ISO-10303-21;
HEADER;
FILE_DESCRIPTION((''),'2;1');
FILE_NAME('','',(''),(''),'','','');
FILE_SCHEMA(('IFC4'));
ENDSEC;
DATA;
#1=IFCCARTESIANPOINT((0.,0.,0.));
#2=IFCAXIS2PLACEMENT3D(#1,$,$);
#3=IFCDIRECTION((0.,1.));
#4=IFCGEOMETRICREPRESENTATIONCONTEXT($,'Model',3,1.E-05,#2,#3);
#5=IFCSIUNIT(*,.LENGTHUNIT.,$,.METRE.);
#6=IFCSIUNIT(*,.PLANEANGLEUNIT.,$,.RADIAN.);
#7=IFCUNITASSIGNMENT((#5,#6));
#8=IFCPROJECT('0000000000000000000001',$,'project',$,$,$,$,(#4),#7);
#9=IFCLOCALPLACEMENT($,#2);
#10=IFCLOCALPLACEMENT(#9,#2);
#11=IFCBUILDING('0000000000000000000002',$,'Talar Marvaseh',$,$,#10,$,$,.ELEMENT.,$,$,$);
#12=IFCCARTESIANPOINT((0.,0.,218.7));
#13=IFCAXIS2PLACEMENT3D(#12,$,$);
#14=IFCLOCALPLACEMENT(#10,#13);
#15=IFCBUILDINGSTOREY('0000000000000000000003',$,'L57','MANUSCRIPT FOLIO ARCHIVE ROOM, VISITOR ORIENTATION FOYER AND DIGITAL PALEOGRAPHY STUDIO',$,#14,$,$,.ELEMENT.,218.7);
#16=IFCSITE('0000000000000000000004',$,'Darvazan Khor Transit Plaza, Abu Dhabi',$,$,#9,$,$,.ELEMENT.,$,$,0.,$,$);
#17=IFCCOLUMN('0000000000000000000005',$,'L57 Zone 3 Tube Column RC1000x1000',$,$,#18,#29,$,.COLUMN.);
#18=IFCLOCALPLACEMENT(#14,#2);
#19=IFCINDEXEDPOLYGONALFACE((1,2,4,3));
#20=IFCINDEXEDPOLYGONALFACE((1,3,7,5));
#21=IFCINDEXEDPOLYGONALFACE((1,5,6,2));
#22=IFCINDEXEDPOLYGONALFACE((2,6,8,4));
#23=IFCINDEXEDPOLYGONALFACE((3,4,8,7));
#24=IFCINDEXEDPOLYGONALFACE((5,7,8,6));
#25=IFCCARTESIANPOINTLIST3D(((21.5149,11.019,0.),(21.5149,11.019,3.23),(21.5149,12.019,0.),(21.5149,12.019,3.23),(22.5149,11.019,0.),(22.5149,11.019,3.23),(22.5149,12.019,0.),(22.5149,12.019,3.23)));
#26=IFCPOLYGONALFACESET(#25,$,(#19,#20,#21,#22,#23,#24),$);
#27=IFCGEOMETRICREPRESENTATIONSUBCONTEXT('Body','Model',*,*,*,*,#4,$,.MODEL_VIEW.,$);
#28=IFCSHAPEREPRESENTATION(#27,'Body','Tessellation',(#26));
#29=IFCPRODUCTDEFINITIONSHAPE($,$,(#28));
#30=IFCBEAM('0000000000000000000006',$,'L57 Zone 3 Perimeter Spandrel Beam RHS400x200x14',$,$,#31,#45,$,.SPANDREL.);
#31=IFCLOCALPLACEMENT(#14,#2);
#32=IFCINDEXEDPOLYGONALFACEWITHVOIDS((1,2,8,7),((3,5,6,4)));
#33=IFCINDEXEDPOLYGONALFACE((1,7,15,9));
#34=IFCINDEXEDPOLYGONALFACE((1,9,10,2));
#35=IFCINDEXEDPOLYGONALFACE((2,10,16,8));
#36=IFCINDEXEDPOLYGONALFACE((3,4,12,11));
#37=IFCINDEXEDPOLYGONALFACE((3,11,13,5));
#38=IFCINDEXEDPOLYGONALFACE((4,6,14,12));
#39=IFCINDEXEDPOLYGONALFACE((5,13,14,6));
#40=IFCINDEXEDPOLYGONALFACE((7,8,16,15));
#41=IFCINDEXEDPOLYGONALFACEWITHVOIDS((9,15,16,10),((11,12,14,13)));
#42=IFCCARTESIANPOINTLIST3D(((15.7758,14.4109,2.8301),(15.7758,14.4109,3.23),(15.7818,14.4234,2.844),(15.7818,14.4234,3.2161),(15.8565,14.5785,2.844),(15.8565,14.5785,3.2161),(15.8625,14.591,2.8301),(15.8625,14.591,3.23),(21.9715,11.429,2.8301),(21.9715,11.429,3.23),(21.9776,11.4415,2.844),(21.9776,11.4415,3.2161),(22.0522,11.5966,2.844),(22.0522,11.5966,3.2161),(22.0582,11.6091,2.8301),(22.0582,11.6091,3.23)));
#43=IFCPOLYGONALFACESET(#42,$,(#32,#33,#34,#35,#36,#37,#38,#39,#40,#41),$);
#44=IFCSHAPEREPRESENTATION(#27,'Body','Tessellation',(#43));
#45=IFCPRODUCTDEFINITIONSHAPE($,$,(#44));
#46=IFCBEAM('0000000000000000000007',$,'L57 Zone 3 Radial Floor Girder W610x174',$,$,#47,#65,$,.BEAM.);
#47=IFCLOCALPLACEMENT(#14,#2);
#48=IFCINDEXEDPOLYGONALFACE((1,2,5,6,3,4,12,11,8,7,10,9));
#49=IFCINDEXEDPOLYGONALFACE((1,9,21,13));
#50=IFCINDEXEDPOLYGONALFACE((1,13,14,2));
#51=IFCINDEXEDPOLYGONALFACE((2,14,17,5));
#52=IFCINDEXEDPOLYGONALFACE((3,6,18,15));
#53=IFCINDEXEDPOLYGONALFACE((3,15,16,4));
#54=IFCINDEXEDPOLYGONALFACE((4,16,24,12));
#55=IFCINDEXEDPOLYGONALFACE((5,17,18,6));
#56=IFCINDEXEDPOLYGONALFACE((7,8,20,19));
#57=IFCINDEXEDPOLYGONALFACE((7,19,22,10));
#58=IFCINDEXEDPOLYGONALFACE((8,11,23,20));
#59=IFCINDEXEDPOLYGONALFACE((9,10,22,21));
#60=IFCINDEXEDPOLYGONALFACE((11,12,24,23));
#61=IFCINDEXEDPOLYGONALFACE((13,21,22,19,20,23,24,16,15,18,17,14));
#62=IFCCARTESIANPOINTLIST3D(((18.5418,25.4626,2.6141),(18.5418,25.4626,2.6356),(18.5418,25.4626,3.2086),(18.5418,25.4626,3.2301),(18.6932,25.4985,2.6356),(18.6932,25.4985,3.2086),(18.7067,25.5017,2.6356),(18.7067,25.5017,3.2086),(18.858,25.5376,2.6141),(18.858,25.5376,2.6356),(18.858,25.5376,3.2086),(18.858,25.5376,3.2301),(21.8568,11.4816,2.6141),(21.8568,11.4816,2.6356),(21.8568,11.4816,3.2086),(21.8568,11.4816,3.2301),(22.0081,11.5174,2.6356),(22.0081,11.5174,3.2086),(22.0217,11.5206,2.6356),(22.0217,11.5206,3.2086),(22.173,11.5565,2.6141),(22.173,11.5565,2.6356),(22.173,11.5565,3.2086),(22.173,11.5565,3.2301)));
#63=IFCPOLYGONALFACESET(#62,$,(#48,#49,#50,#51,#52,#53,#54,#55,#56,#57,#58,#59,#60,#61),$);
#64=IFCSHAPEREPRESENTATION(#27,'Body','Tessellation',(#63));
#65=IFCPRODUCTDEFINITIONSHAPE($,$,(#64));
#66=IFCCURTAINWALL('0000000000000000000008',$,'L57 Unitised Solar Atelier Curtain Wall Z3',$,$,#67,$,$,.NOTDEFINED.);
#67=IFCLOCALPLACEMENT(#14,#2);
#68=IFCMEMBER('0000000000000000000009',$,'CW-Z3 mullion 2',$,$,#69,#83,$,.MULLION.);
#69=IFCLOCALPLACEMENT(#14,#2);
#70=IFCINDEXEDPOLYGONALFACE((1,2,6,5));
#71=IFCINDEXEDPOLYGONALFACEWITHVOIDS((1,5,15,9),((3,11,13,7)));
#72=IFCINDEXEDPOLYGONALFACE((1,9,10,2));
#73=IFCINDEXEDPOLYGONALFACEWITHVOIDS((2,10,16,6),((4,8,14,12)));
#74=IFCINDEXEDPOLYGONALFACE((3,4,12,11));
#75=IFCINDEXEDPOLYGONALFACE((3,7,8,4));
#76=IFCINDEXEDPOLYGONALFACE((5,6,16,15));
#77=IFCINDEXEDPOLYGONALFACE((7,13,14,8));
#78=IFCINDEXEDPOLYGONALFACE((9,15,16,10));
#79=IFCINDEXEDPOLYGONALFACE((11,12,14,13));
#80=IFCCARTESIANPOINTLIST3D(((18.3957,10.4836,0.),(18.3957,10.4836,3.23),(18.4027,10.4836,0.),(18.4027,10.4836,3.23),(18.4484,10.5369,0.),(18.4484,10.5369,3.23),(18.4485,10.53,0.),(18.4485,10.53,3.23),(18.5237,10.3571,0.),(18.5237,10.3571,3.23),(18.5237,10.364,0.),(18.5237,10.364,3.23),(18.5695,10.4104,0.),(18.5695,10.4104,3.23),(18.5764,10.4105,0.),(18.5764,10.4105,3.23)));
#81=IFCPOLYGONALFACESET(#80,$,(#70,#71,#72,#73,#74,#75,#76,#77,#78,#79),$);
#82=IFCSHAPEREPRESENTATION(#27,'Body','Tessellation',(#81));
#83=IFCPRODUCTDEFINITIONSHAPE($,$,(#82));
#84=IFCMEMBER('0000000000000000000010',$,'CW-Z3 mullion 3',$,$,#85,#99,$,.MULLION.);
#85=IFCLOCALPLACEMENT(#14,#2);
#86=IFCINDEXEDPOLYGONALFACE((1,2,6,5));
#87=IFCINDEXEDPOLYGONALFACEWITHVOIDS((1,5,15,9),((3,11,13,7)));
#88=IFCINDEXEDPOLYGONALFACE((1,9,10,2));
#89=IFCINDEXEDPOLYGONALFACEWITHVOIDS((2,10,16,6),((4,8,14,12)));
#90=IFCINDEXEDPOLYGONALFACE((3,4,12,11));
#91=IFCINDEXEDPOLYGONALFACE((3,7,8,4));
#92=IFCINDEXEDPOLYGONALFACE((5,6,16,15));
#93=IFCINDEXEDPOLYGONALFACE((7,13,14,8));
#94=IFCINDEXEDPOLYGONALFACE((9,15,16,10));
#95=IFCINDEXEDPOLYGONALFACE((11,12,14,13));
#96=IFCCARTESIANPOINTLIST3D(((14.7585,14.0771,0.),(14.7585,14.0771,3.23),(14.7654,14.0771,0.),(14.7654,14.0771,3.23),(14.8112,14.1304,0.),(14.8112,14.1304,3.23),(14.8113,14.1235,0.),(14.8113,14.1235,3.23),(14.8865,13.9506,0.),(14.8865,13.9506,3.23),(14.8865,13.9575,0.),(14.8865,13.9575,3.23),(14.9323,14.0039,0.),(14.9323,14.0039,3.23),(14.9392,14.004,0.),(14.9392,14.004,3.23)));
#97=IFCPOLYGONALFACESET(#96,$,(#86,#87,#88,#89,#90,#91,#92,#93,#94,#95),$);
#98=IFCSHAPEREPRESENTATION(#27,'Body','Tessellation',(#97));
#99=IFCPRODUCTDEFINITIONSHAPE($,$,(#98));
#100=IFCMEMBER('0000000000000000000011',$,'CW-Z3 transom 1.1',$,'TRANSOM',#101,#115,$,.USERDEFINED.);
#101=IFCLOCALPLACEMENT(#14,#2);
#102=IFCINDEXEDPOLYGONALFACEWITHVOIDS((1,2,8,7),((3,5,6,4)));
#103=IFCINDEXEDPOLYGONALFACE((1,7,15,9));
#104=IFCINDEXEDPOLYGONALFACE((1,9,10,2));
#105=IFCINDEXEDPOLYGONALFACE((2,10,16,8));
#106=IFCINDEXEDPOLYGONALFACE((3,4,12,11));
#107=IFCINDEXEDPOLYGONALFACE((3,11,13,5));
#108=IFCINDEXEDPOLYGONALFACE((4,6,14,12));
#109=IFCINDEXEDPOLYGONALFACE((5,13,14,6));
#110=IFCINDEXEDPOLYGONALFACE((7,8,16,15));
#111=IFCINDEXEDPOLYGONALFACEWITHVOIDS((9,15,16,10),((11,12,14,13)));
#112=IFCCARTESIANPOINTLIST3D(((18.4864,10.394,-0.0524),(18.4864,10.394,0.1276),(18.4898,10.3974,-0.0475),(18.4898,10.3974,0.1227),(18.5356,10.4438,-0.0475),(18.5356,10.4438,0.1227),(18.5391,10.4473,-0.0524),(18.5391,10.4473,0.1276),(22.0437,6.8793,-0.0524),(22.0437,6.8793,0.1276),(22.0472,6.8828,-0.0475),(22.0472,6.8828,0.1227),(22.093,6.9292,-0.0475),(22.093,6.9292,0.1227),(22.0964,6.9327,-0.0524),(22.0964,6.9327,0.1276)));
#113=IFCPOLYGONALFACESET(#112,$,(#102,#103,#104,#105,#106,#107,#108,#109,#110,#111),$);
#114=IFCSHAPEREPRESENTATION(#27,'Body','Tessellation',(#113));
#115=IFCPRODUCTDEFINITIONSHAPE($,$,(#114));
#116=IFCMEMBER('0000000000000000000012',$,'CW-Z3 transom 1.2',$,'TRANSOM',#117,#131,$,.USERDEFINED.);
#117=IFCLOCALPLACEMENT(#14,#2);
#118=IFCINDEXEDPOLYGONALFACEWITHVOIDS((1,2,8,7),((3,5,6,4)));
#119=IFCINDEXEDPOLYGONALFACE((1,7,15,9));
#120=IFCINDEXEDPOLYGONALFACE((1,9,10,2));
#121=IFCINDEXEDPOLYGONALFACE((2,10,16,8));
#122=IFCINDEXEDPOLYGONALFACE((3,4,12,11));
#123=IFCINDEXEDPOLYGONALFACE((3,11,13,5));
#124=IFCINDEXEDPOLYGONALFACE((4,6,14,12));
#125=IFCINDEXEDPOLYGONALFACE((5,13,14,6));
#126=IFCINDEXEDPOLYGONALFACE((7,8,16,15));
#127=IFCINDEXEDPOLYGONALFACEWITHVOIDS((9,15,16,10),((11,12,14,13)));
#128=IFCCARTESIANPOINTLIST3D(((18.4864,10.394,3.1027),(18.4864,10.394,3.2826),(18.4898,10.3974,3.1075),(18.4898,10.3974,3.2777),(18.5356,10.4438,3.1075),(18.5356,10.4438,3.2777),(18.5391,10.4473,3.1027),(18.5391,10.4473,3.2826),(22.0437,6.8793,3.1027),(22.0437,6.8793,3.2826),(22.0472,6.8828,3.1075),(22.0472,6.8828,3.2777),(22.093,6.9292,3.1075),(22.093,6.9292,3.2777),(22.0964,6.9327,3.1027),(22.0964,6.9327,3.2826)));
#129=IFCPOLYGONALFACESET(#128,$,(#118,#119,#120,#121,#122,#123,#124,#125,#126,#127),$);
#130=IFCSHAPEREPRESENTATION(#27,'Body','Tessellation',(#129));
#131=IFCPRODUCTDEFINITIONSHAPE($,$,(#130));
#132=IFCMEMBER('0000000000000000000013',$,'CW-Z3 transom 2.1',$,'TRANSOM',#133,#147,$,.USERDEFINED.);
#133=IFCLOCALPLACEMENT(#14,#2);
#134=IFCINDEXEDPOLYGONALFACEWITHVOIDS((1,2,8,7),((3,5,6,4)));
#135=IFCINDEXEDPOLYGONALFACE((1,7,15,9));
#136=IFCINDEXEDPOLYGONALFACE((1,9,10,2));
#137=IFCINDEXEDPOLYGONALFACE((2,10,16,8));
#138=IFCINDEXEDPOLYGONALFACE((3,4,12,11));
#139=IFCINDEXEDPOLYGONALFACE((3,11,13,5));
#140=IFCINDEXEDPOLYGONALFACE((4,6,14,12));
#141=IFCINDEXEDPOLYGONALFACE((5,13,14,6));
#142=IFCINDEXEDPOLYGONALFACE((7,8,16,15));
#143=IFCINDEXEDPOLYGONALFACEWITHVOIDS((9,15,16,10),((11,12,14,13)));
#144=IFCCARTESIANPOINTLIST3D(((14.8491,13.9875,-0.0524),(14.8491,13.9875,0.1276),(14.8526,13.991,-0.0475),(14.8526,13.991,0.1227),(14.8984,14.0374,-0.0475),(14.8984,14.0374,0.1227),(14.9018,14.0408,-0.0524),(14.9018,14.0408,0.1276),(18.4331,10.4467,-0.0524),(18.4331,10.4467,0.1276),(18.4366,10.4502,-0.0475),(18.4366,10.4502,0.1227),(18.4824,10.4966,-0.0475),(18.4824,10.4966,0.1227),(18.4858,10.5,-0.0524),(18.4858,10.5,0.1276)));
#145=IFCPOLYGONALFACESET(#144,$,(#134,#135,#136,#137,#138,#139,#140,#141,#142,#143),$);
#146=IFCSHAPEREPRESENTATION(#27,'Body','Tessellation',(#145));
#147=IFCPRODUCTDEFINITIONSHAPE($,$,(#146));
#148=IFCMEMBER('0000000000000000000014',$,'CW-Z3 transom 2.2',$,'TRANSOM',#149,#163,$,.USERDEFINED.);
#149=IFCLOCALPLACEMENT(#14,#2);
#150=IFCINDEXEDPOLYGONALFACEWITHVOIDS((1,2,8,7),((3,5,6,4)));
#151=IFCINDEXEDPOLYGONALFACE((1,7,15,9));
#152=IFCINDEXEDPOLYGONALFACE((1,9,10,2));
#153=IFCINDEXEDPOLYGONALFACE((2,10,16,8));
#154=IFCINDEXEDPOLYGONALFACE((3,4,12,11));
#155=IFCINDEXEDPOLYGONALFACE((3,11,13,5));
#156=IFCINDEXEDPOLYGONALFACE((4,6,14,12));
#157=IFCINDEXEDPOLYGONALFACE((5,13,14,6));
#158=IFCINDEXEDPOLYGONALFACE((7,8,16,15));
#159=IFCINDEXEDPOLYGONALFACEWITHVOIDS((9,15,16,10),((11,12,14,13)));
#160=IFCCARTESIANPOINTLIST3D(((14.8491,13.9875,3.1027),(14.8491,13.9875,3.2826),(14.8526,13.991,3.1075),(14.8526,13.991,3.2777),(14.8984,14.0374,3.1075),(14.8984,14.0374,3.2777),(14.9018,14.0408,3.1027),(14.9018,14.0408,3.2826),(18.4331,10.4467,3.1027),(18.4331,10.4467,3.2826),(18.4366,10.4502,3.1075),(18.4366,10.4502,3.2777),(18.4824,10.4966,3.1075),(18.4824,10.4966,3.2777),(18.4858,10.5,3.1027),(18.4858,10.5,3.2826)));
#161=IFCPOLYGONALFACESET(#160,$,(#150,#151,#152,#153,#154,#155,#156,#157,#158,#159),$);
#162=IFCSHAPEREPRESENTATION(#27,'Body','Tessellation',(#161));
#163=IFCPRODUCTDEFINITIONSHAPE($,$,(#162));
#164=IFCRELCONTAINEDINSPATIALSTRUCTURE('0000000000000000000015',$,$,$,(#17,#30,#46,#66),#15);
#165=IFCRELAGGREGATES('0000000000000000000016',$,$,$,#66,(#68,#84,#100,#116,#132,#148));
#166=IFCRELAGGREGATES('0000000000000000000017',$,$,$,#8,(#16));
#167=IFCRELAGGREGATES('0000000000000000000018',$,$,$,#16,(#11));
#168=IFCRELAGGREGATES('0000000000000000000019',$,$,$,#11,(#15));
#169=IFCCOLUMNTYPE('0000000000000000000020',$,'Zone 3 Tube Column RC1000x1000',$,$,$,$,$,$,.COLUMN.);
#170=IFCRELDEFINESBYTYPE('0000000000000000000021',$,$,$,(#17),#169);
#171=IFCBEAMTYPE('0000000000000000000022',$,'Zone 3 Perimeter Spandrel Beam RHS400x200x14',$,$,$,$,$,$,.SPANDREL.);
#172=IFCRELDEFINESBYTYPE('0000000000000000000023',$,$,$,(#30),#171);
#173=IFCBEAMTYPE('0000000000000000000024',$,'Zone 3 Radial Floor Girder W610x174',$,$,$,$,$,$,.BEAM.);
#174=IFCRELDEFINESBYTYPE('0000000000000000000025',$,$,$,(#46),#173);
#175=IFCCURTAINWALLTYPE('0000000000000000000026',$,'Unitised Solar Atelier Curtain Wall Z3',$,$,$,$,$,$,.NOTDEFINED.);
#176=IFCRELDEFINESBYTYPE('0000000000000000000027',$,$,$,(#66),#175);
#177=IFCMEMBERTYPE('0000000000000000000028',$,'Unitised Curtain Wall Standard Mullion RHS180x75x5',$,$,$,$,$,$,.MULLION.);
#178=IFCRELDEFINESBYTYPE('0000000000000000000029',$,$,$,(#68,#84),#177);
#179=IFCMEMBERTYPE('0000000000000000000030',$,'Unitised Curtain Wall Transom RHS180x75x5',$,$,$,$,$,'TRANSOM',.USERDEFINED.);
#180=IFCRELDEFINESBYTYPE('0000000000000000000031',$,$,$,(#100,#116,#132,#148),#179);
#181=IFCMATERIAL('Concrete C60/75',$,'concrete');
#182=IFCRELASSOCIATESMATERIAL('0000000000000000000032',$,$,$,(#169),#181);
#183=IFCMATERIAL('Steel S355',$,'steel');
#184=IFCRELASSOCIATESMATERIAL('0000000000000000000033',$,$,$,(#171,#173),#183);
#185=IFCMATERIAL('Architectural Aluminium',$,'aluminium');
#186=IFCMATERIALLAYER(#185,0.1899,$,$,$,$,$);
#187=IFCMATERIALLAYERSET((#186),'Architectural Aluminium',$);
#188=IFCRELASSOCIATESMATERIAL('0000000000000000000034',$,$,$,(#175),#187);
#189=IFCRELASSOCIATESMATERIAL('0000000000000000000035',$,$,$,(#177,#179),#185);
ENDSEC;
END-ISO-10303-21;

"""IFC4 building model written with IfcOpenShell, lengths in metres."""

from ifc_helpers import new_model, si_unit, direction, frame, origin, origin_2d, place, context, subcontext, project, spatial, rectangle, hollow_rectangle, i_section, extrude, source, transform, mapped, material, layer, layer_set, material_profile, profile_set, type_object, type_shapes, element, aggregate, save


model = new_model("IFC4")

# Units and contexts
model_context = context("Model", 3, precision=1e-05, world=origin(), true_north=direction((0.0, 1.0)))
body_context = subcontext(model_context, "Body", "Model", "MODEL_VIEW")
ifc_project = project(units=[si_unit("LENGTHUNIT", "METRE"), si_unit("PLANEANGLEUNIT", "RADIAN")], contexts=[model_context])

# Site, building, storey
site_placement = place(None, origin())
site = spatial("IfcSite", under=ifc_project, at=site_placement, Name="Darvazan Khor Transit Plaza, Abu Dhabi", CompositionType="ELEMENT", RefElevation=0.0)
building_placement = place(site_placement, origin())
building = spatial("IfcBuilding", under=site, at=building_placement, Name="Talar Marvaseh", CompositionType="ELEMENT")
storey_placement = place(building_placement, frame((0.0, 0.0, 218.7)))
storey = spatial("IfcBuildingStorey", under=building, at=storey_placement, Name="L57", Description="MANUSCRIPT FOLIO ARCHIVE ROOM, VISITOR ORIENTATION FOYER AND DIGITAL PALEOGRAPHY STUDIO", CompositionType="ELEMENT", Elevation=218.7)

# Column
ifc_material_1 = material(Name="Concrete C60/75", Category="concrete")
ifc_material_profile_1 = material_profile(ifc_material_1, rectangle(XDim=1.0, YDim=1.0, at=origin_2d()), Name="RC1000x1000")
ifc_profile_set_1 = profile_set([ifc_material_profile_1], Name="Concrete C60/75")
column_type = type_object("IfcColumnType", Name="Zone 3 Tube Column RC1000x1000", PredefinedType="COLUMN", material=ifc_profile_set_1)
column_placement = place(storey_placement, frame((22.0149, 11.519, 0.0), z_axis=(0.0, 0.0, 1.0), x_axis=(1.0, 0.0, 0.0)))
element("IfcColumn", 1, at=column_placement, inside=storey, type_object=column_type, Name="L57 Zone 3 Tube Column RC1000x1000", PredefinedType="COLUMN", context=body_context, shape_type="SweptSolid", body=[
    extrude(rectangle(XDim=1.0, YDim=1.0, at=origin_2d()), origin(), (0.0, 0.0, 1.0), 3.23),
])

# Beams
ifc_material_2 = material(Name="Steel S355", Category="steel")
ifc_material_profile_2 = material_profile(ifc_material_2, hollow_rectangle(XDim=0.2, YDim=0.3999, WallThickness=0.0139, at=origin_2d()), Name="RHS400x200x14")
ifc_profile_set_2 = profile_set([ifc_material_profile_2], Name="Steel S355")
beam_type_1 = type_object("IfcBeamType", Name="Zone 3 Perimeter Spandrel Beam RHS400x200x14", PredefinedType="SPANDREL", material=ifc_profile_set_2)
beam_1_placement = place(storey_placement, frame((22.0149, 11.519, 3.03), z_axis=(-0.901072, 0.43367, 0.0), x_axis=(-0.43367, -0.901072, 0.0)))
element("IfcBeam", 2, at=beam_1_placement, inside=storey, type_object=beam_type_1, Name="L57 Zone 3 Perimeter Spandrel Beam RHS400x200x14", PredefinedType="SPANDREL", context=body_context, shape_type="SweptSolid", body=[
    extrude(hollow_rectangle(XDim=0.2, YDim=0.3999, WallThickness=0.0139, at=origin_2d()), origin(), (0.0, 0.0, 1.0), 6.876),
])
ifc_material_profile_3 = material_profile(ifc_material_2, i_section(OverallWidth=0.325, OverallDepth=0.616, WebThickness=0.0139, FlangeThickness=0.0215, at=origin_2d()), Name="W610x174")
ifc_profile_set_3 = profile_set([ifc_material_profile_3], Name="Steel S355")
beam_type_2 = type_object("IfcBeamType", Name="Zone 3 Radial Floor Girder W610x174", PredefinedType="BEAM", material=ifc_profile_set_3)
beam_2_placement = place(storey_placement, frame((22.0149, 11.519, 2.9221), z_axis=(-0.230708, 0.973023, 0.0), x_axis=(-0.973023, -0.230708, 0.0)))
element("IfcBeam", 3, at=beam_2_placement, inside=storey, type_object=beam_type_2, Name="L57 Zone 3 Radial Floor Girder W610x174", PredefinedType="BEAM", context=body_context, shape_type="SweptSolid", body=[
    extrude(i_section(OverallWidth=0.325, OverallDepth=0.616, WebThickness=0.0139, FlangeThickness=0.0215, at=origin_2d()), origin(), (0.0, 0.0, 1.0), 14.3687),
])

# Curtain wall, members
ifc_material_3 = material(Name="Architectural Aluminium", Category="aluminium")
ifc_layer_1 = layer(ifc_material_3, 0.1899)
ifc_layer_set_1 = layer_set([ifc_layer_1], Name="Architectural Aluminium")
curtain_wall_type = type_object("IfcCurtainWallType", Name="Unitised Solar Atelier Curtain Wall Z3", PredefinedType="NOTDEFINED", material=ifc_layer_set_1)
curtain_wall_placement = place(storey_placement, origin())
curtain_wall = element("IfcCurtainWall", 4, at=curtain_wall_placement, inside=storey, type_object=curtain_wall_type, Name="L57 Unitised Solar Atelier Curtain Wall Z3", PredefinedType="NOTDEFINED")
ifc_material_profile_4 = material_profile(ifc_material_3, hollow_rectangle(XDim=0.075, YDim=0.1799, WallThickness=0.0049, at=origin_2d()), Name="RHS180x75x5")
ifc_profile_set_4 = profile_set([ifc_material_profile_4], Name="Architectural Aluminium")
member_type_1 = type_object("IfcMemberType", Name="Unitised Curtain Wall Standard Mullion RHS180x75x5", PredefinedType="MULLION", material=ifc_profile_set_4)
shared_shape_1 = source(origin(), body_context, "Body", "SweptSolid", [
    extrude(hollow_rectangle(XDim=0.075, YDim=0.1799, WallThickness=0.0049, at=origin_2d()), origin(), (0.0, 0.0, 1.0), 3.23),
])
type_shapes(member_type_1, [shared_shape_1])
member_1_placement = place(storey_placement, frame((18.4861, 10.447, 0.0), z_axis=(0.0, 0.0, 1.0), x_axis=(-0.702824, -0.711364, 0.0)))
member_1 = element("IfcMember", 5, at=member_1_placement, type_object=member_type_1, Name="CW-Z3 mullion 2", PredefinedType="MULLION", context=body_context, shape_type="MappedRepresentation", body=[
    mapped(shared_shape_1, transform((0.0, 0.0, 0.0), x_axis=(1.0, 0.0, 0.0), y_axis=(0.0, 1.0, 0.0), z_axis=(0.0, 0.0, 1.0), scale=1.0)),
])
member_2_placement = place(storey_placement, frame((14.8489, 14.0405, 0.0), z_axis=(0.0, 0.0, 1.0), x_axis=(-0.702824, -0.711364, 0.0)))
member_2 = element("IfcMember", 6, at=member_2_placement, type_object=member_type_1, Name="CW-Z3 mullion 3", PredefinedType="MULLION", context=body_context, shape_type="MappedRepresentation", body=[
    mapped(shared_shape_1, transform((0.0, 0.0, 0.0), x_axis=(1.0, 0.0, 0.0), y_axis=(0.0, 1.0, 0.0), z_axis=(0.0, 0.0, 1.0), scale=1.0)),
])
ifc_material_profile_5 = material_profile(ifc_material_3, hollow_rectangle(XDim=0.075, YDim=0.1799, WallThickness=0.0049, at=origin_2d()), Name="RHS180x75x5")
ifc_profile_set_5 = profile_set([ifc_material_profile_5], Name="Architectural Aluminium")
member_type_2 = type_object("IfcMemberType", Name="Unitised Curtain Wall Transom RHS180x75x5", ElementType="TRANSOM", PredefinedType="USERDEFINED", material=ifc_profile_set_5)
shared_shape_2 = source(origin(), body_context, "Body", "SweptSolid", [
    extrude(hollow_rectangle(XDim=0.075, YDim=0.1799, WallThickness=0.0049, at=origin_2d()), origin(), (0.0, 0.0, 1.0), 5.0007),
])
member_3_placement = place(storey_placement, frame((22.0701, 6.906, 0.0376), z_axis=(-0.711366, 0.702822, 0.0), x_axis=(-0.702822, -0.711366, 0.0)))
member_3 = element("IfcMember", 7, at=member_3_placement, type_object=member_type_2, Name="CW-Z3 transom 1.1", ObjectType="TRANSOM", PredefinedType="USERDEFINED", context=body_context, shape_type="MappedRepresentation", body=[
    mapped(shared_shape_2, transform((0.0, 0.0, 0.0), x_axis=(1.0, 0.0, 0.0), y_axis=(0.0, 1.0, 0.0), z_axis=(0.0, 0.0, 1.0), scale=1.0)),
])
member_4_placement = place(storey_placement, frame((22.0701, 6.906, 3.1926), z_axis=(-0.711366, 0.702822, 0.0), x_axis=(-0.702822, -0.711366, 0.0)))
member_4 = element("IfcMember", 8, at=member_4_placement, type_object=member_type_2, Name="CW-Z3 transom 1.2", ObjectType="TRANSOM", PredefinedType="USERDEFINED", context=body_context, shape_type="MappedRepresentation", body=[
    mapped(shared_shape_2, transform((0.0, 0.0, 0.0), x_axis=(1.0, 0.0, 0.0), y_axis=(0.0, 1.0, 0.0), z_axis=(0.0, 0.0, 1.0), scale=1.0)),
])
shared_shape_3 = source(origin(), body_context, "Body", "SweptSolid", [
    extrude(hollow_rectangle(XDim=0.075, YDim=0.1799, WallThickness=0.0049, at=origin_2d()), origin(), (0.0, 0.0, 1.0), 5.0381),
])
member_5_placement = place(storey_placement, frame((18.4595, 10.4734, 0.0376), z_axis=(-0.711382, 0.702805, 0.0), x_axis=(-0.702805, -0.711382, 0.0)))
member_5 = element("IfcMember", 9, at=member_5_placement, type_object=member_type_2, Name="CW-Z3 transom 2.1", ObjectType="TRANSOM", PredefinedType="USERDEFINED", context=body_context, shape_type="MappedRepresentation", body=[
    mapped(shared_shape_3, transform((0.0, 0.0, 0.0), x_axis=(1.0, 0.0, 0.0), y_axis=(0.0, 1.0, 0.0), z_axis=(0.0, 0.0, 1.0), scale=1.0)),
])
member_6_placement = place(storey_placement, frame((18.4595, 10.4734, 3.1926), z_axis=(-0.711382, 0.702805, 0.0), x_axis=(-0.702805, -0.711382, 0.0)))
member_6 = element("IfcMember", 10, at=member_6_placement, type_object=member_type_2, Name="CW-Z3 transom 2.2", ObjectType="TRANSOM", PredefinedType="USERDEFINED", context=body_context, shape_type="MappedRepresentation", body=[
    mapped(shared_shape_3, transform((0.0, 0.0, 0.0), x_axis=(1.0, 0.0, 0.0), y_axis=(0.0, 1.0, 0.0), z_axis=(0.0, 0.0, 1.0), scale=1.0)),
])

aggregate(curtain_wall, [member_1, member_2, member_3, member_4, member_5, member_6])

save(model, "model.ifc")
